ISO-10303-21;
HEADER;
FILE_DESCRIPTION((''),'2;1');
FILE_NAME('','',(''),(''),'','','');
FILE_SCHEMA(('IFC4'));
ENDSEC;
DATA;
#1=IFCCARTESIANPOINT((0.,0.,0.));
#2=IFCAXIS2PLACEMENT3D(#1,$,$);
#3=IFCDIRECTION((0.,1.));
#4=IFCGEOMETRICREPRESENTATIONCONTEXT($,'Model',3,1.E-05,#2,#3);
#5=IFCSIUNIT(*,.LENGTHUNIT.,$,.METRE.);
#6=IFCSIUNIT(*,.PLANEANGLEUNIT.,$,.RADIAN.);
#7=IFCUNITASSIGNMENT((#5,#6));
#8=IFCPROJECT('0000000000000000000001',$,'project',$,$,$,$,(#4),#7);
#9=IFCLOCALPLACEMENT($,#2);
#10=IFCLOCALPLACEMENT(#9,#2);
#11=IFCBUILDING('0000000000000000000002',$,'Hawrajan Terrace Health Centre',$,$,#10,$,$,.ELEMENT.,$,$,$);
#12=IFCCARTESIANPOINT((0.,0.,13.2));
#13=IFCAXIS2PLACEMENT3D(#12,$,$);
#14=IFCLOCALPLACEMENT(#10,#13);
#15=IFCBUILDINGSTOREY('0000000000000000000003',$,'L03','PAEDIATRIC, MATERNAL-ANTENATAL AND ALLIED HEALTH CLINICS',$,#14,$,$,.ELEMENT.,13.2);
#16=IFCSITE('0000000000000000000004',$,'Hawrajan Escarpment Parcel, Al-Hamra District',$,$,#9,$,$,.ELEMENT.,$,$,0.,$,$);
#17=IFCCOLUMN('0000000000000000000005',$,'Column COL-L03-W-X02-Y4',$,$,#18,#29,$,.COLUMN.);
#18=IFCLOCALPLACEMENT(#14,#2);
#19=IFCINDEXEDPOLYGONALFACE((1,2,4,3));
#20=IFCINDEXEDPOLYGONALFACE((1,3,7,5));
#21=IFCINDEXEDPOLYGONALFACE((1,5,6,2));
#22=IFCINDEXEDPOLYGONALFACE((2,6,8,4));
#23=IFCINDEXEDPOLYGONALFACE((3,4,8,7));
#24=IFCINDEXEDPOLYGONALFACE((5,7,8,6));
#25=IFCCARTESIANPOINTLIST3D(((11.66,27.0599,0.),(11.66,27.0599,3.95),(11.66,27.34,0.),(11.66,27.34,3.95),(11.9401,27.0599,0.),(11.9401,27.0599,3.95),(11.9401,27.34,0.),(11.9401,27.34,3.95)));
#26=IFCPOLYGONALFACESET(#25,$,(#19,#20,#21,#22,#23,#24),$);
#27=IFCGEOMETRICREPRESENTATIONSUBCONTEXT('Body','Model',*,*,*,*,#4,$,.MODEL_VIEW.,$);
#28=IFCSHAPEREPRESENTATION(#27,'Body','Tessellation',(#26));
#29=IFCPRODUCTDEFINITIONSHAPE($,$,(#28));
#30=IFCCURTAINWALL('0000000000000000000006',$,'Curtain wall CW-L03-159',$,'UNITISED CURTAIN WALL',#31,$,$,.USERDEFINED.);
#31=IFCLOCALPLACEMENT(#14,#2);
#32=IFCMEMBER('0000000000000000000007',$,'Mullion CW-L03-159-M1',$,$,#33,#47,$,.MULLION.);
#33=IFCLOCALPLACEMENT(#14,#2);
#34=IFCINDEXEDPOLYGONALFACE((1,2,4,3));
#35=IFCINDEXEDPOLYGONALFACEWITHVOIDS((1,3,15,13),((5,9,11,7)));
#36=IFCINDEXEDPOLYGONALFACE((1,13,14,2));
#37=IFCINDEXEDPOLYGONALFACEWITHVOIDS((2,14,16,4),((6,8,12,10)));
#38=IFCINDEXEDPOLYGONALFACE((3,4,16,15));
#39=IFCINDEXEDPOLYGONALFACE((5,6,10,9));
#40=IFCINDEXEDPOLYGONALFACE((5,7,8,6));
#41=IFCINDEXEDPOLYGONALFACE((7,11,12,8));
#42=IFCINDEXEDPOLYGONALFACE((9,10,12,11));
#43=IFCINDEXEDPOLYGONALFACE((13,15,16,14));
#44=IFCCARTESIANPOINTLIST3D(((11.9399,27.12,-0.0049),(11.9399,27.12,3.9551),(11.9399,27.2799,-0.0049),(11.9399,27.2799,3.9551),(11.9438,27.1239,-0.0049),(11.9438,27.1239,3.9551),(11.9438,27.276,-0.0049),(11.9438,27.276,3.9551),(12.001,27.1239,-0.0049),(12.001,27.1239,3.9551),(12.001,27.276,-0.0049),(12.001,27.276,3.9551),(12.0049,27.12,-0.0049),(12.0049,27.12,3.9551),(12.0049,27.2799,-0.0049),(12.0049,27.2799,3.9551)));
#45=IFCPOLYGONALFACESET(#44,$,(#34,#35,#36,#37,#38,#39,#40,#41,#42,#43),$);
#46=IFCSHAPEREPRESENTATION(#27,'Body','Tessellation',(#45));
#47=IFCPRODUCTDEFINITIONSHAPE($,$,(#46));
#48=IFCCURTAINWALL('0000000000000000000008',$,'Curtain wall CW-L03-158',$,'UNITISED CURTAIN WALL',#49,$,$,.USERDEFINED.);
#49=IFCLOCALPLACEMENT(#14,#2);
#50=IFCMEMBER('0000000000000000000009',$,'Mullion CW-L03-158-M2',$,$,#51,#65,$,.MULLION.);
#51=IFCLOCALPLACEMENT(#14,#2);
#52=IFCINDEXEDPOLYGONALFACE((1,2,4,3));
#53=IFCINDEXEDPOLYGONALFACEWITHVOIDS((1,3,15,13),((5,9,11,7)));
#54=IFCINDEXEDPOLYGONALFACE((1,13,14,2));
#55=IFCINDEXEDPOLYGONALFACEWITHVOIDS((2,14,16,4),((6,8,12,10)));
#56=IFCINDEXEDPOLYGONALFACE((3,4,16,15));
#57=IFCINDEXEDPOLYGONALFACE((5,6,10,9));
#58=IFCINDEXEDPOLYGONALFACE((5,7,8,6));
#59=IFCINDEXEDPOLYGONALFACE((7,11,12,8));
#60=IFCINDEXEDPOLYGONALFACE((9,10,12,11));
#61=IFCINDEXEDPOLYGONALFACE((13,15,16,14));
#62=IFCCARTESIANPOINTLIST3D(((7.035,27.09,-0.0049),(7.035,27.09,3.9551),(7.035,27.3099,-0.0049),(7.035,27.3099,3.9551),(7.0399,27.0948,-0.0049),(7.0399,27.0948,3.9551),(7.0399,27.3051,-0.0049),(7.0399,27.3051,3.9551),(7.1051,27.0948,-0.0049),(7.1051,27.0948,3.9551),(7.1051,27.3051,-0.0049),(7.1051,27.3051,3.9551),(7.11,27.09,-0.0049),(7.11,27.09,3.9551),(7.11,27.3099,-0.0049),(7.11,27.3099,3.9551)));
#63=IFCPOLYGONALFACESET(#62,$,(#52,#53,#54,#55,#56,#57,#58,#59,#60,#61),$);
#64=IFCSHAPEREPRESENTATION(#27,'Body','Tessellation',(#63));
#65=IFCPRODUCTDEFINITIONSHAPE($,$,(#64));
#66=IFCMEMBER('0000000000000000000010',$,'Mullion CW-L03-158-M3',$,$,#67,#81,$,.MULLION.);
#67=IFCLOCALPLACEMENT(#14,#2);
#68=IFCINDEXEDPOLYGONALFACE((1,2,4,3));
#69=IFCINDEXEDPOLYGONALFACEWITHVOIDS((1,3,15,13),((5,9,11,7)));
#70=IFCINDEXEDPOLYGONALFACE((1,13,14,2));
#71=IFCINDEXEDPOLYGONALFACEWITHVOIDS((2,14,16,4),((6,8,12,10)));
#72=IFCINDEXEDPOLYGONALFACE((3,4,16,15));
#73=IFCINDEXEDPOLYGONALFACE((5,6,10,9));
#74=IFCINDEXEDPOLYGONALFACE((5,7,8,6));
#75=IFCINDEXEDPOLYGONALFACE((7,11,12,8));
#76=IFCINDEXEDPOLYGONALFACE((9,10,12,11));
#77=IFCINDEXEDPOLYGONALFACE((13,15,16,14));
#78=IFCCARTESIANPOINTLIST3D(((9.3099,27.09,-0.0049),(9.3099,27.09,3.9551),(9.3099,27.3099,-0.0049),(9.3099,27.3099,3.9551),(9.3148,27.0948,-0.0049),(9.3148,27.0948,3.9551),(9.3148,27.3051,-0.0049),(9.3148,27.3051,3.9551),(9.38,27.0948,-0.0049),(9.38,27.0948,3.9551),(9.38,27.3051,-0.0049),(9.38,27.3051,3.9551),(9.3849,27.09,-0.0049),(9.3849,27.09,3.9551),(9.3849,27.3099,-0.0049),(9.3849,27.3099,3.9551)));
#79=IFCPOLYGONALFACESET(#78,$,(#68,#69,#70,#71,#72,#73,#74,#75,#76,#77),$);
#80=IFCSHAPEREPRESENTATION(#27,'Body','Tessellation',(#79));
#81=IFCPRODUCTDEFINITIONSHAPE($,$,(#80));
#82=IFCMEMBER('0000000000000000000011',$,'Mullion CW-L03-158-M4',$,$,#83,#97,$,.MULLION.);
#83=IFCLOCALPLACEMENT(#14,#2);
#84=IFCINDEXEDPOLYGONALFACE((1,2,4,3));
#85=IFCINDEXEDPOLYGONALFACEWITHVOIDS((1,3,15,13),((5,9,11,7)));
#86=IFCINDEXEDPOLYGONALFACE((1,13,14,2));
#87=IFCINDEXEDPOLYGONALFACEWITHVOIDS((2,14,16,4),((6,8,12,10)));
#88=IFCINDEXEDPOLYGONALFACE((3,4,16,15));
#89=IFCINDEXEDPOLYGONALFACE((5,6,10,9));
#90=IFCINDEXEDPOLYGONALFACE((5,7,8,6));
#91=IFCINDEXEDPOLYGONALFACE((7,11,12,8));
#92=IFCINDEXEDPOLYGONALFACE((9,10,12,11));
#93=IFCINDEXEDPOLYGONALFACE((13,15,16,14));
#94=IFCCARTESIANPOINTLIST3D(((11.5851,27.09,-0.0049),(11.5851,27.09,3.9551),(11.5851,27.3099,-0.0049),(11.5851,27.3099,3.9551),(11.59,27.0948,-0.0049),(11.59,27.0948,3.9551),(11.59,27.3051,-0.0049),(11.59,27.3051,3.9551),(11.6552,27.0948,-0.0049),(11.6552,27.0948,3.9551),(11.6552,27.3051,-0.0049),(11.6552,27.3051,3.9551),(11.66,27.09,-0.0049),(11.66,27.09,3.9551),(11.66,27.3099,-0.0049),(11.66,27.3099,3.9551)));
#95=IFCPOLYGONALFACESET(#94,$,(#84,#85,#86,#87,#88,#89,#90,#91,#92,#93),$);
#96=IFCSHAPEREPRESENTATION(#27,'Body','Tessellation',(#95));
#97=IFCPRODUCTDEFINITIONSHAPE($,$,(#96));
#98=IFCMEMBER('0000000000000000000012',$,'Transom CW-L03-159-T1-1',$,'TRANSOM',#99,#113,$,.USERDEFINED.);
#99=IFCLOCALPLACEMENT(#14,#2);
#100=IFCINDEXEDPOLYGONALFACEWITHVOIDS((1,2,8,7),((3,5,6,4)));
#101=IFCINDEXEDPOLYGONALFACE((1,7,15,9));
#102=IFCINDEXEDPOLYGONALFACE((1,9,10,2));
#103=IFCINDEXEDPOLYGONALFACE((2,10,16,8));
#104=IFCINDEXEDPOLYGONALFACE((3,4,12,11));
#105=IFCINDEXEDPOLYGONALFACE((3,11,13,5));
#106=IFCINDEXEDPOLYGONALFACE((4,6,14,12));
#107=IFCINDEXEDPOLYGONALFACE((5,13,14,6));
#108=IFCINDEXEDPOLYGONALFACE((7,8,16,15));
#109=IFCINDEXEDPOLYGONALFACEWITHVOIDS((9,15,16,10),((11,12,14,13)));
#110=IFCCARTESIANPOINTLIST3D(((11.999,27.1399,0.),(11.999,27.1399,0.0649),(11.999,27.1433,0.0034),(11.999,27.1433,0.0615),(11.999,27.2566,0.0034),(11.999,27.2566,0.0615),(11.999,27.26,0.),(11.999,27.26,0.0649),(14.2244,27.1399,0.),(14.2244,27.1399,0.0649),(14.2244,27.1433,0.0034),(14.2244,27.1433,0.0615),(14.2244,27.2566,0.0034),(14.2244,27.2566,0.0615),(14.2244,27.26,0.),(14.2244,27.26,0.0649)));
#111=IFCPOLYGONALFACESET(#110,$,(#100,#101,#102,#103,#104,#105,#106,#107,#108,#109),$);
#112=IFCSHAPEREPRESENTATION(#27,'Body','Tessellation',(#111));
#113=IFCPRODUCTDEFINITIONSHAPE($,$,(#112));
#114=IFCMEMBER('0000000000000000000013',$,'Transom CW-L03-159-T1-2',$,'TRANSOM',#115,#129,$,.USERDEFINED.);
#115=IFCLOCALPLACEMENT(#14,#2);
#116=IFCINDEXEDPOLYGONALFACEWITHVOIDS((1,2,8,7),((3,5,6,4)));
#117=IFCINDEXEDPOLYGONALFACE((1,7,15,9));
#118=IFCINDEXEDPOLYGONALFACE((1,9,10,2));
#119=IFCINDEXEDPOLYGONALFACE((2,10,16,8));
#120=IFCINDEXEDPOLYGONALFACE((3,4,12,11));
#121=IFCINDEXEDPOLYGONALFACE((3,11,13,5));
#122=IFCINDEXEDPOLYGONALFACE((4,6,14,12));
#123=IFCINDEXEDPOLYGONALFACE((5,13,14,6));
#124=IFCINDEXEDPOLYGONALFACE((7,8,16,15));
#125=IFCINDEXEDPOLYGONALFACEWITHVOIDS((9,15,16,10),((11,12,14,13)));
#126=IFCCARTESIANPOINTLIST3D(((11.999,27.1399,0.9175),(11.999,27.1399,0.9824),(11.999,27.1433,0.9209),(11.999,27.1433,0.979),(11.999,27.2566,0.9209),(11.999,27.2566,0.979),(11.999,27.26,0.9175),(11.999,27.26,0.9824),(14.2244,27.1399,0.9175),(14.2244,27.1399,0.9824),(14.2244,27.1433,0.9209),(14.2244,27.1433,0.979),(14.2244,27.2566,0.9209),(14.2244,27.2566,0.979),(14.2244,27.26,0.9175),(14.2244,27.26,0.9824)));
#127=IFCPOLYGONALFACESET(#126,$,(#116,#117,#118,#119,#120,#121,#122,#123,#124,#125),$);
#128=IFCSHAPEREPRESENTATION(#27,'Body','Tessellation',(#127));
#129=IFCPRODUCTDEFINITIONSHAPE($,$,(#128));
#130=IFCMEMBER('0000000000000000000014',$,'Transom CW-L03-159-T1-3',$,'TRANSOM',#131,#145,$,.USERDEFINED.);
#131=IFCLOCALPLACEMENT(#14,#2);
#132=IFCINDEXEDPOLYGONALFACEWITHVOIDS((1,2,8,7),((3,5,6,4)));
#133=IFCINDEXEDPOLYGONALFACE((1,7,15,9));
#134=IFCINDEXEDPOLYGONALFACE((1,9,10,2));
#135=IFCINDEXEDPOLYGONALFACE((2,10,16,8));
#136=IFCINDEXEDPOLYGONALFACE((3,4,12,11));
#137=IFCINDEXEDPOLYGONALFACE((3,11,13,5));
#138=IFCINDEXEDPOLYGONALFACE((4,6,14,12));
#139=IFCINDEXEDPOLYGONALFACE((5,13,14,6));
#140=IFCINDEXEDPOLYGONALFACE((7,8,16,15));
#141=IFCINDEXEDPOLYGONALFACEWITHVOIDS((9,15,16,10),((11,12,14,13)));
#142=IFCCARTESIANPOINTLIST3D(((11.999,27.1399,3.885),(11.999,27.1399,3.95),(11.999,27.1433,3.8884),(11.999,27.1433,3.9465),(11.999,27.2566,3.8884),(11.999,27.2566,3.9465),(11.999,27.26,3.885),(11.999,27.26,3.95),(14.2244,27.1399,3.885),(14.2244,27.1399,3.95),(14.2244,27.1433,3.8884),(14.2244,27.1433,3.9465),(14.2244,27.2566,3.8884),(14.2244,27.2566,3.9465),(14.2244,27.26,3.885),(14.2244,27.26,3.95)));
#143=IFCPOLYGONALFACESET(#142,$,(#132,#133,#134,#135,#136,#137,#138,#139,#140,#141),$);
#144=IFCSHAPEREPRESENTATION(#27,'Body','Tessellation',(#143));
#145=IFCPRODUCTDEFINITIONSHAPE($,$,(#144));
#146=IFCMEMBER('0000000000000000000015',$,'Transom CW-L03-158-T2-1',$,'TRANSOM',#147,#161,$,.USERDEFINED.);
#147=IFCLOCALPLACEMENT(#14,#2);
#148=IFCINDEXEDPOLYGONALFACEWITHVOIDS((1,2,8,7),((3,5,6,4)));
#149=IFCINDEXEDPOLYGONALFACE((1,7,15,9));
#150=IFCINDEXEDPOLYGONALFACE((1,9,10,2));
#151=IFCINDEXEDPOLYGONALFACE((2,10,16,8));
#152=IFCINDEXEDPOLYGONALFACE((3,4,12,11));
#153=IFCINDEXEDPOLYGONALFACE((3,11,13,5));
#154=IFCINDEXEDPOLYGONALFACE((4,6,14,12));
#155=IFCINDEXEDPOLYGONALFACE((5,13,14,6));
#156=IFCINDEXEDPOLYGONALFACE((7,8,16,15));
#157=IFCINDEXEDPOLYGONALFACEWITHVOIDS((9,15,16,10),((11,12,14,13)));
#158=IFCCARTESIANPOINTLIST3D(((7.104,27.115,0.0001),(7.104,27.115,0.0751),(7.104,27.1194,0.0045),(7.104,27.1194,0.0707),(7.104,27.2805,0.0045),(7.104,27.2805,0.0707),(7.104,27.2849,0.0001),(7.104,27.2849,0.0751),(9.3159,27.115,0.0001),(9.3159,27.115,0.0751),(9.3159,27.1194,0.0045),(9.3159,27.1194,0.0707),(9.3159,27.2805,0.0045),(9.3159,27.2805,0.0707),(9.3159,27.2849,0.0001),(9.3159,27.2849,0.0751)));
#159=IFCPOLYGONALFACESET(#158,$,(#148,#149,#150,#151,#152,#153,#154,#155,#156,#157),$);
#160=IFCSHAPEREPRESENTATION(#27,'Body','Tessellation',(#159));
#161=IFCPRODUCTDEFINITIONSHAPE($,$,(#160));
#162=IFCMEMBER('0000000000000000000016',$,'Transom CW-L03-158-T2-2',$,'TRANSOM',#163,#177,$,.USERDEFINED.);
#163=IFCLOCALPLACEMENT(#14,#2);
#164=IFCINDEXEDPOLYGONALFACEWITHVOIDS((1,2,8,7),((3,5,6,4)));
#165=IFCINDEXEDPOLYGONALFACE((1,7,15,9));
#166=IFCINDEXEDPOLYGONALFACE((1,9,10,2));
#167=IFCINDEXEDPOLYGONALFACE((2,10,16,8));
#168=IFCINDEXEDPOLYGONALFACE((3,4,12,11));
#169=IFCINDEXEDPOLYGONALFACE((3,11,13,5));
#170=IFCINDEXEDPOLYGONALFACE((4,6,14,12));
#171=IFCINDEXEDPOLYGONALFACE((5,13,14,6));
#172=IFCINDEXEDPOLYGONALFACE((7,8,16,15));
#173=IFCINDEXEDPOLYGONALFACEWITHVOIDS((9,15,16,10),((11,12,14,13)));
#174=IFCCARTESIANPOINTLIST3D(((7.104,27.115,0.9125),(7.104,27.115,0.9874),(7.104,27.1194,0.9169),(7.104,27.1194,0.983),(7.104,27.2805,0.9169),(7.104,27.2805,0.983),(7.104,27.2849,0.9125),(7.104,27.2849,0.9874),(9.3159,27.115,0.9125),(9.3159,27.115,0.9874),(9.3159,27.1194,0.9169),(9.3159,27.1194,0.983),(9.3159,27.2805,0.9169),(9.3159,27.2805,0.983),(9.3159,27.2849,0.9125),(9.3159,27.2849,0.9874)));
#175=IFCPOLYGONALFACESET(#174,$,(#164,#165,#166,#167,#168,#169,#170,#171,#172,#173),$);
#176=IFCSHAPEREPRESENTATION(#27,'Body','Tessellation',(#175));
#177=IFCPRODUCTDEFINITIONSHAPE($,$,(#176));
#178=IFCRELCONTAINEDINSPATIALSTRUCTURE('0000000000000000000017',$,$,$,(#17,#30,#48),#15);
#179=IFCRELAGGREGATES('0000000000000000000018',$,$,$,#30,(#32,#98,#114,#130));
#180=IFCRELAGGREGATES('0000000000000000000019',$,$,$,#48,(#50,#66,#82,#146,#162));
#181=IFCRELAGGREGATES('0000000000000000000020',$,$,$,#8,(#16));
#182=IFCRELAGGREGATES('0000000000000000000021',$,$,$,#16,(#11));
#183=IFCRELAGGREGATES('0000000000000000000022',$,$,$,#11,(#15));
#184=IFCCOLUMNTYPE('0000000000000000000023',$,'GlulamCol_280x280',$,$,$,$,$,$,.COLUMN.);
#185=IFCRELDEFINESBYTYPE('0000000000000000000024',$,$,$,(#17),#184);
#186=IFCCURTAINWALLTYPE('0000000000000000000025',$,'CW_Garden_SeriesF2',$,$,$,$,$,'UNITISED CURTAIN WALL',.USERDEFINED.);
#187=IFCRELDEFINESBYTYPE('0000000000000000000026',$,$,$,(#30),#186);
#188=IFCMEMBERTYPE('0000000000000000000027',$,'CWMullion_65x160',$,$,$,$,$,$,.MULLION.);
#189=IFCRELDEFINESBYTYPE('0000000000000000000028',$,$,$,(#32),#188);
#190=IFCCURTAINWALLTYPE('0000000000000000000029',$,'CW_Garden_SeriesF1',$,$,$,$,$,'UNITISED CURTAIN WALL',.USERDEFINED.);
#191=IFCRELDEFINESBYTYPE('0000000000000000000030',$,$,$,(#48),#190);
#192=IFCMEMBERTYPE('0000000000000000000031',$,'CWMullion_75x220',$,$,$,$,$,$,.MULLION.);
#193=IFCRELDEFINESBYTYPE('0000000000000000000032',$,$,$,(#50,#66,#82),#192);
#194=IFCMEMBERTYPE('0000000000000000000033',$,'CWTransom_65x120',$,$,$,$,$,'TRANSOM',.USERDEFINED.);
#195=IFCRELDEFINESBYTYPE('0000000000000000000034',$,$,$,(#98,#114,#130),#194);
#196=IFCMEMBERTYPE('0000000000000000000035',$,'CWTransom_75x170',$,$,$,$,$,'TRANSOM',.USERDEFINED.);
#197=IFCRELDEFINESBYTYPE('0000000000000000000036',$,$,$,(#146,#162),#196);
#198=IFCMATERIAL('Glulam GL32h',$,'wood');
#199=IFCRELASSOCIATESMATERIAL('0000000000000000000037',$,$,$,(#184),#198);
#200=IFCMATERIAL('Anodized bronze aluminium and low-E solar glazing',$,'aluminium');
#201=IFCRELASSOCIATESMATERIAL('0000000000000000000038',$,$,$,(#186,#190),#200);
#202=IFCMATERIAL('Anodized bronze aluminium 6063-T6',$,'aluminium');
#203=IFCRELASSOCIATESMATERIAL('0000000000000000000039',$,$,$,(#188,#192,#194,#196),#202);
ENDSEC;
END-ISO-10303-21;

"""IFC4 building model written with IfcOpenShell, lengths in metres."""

from ifc_helpers import new_model, si_unit, direction, frame, origin, origin_2d, place, context, subcontext, project, spatial, rectangle, hollow_rectangle, extrude, material, material_profile, profile_set, type_object, element, aggregate, save


model = new_model("IFC4")

# Units and contexts
model_context = context("Model", 3, precision=1e-05, world=origin(), true_north=direction((0.0, 1.0)))
body_context = subcontext(model_context, "Body", "Model", "MODEL_VIEW")
ifc_project = project(units=[si_unit("LENGTHUNIT", "METRE"), si_unit("PLANEANGLEUNIT", "RADIAN")], contexts=[model_context])

# Site, building, storey
site_placement = place(None, origin())
site = spatial("IfcSite", under=ifc_project, at=site_placement, Name="Hawrajan Escarpment Parcel, Al-Hamra District", CompositionType="ELEMENT", RefElevation=0.0)
building_placement = place(site_placement, origin())
building = spatial("IfcBuilding", under=site, at=building_placement, Name="Hawrajan Terrace Health Centre", CompositionType="ELEMENT")
storey_placement = place(building_placement, frame((0.0, 0.0, 13.2)))
storey = spatial("IfcBuildingStorey", under=building, at=storey_placement, Name="L03", Description="PAEDIATRIC, MATERNAL-ANTENATAL AND ALLIED HEALTH CLINICS", CompositionType="ELEMENT", Elevation=13.2)

# Column
ifc_material_1 = material(Name="Glulam GL32h", Category="wood")
ifc_material_profile_1 = material_profile(ifc_material_1, rectangle(XDim=0.28, YDim=0.28, at=origin_2d()), Name="GL 280x280")
ifc_profile_set_1 = profile_set([ifc_material_profile_1], Name="Glulam GL32h")
column_type = type_object("IfcColumnType", Name="GlulamCol_280x280", PredefinedType="COLUMN", material=ifc_profile_set_1)
column_placement = place(storey_placement, frame((11.8, 27.2, 0.0), z_axis=(0.0, 0.0, 1.0), x_axis=(1.0, 0.0, 0.0)))
element("IfcColumn", 1, at=column_placement, inside=storey, type_object=column_type, Name="Column COL-L03-W-X02-Y4", PredefinedType="COLUMN", context=body_context, shape_type="SweptSolid", body=[
    extrude(rectangle(XDim=0.28, YDim=0.28, at=origin_2d()), origin(), (0.0, 0.0, 1.0), 3.95),
])

# Curtain wall, member
ifc_material_2 = material(Name="Anodized bronze aluminium and low-E solar glazing", Category="aluminium")
curtain_wall_type_1 = type_object("IfcCurtainWallType", Name="CW_Garden_SeriesF2", ElementType="UNITISED CURTAIN WALL", PredefinedType="USERDEFINED", material=ifc_material_2)
curtain_wall_1_placement = place(storey_placement, origin())
curtain_wall_1 = element("IfcCurtainWall", 2, at=curtain_wall_1_placement, inside=storey, type_object=curtain_wall_type_1, Name="Curtain wall CW-L03-159", ObjectType="UNITISED CURTAIN WALL", PredefinedType="USERDEFINED")
ifc_material_3 = material(Name="Anodized bronze aluminium 6063-T6", Category="aluminium")
ifc_material_profile_2 = material_profile(ifc_material_3, hollow_rectangle(XDim=0.0649, YDim=0.1599, WallThickness=0.0039, at=origin_2d()), Name="CW MUL 65x160")
ifc_profile_set_2 = profile_set([ifc_material_profile_2], Name="Anodized bronze aluminium 6063-T6")
member_type_1 = type_object("IfcMemberType", Name="CWMullion_65x160", PredefinedType="MULLION", material=ifc_profile_set_2)
member_1_placement = place(storey_placement, frame((11.9724, 27.2, -0.0049), z_axis=(0.0, 0.0, 1.0), x_axis=(1.0, 0.0, 0.0)))
member_1 = element("IfcMember", 3, at=member_1_placement, type_object=member_type_1, Name="Mullion CW-L03-159-M1", PredefinedType="MULLION", context=body_context, shape_type="SweptSolid", body=[
    extrude(hollow_rectangle(XDim=0.0649, YDim=0.1599, WallThickness=0.0039, at=origin_2d()), origin(), (0.0, 0.0, 1.0), 3.96),
])

# Curtain wall, members
curtain_wall_type_2 = type_object("IfcCurtainWallType", Name="CW_Garden_SeriesF1", ElementType="UNITISED CURTAIN WALL", PredefinedType="USERDEFINED", material=ifc_material_2)
curtain_wall_2_placement = place(storey_placement, origin())
curtain_wall_2 = element("IfcCurtainWall", 4, at=curtain_wall_2_placement, inside=storey, type_object=curtain_wall_type_2, Name="Curtain wall CW-L03-158", ObjectType="UNITISED CURTAIN WALL", PredefinedType="USERDEFINED")
ifc_material_profile_3 = material_profile(ifc_material_3, hollow_rectangle(XDim=0.075, YDim=0.22, WallThickness=0.0049, at=origin_2d()), Name="CW MUL 75x220")
ifc_profile_set_3 = profile_set([ifc_material_profile_3], Name="Anodized bronze aluminium 6063-T6")
member_type_2 = type_object("IfcMemberType", Name="CWMullion_75x220", PredefinedType="MULLION", material=ifc_profile_set_3)
member_2_placement = place(storey_placement, frame((7.0725, 27.2, -0.0049), z_axis=(0.0, 0.0, 1.0), x_axis=(1.0, 0.0, 0.0)))
member_2 = element("IfcMember", 5, at=member_2_placement, type_object=member_type_2, Name="Mullion CW-L03-158-M2", PredefinedType="MULLION", context=body_context, shape_type="SweptSolid", body=[
    extrude(hollow_rectangle(XDim=0.075, YDim=0.22, WallThickness=0.0049, at=origin_2d()), origin(), (0.0, 0.0, 1.0), 3.96),
])
member_3_placement = place(storey_placement, frame((9.3474, 27.2, -0.0049), z_axis=(0.0, 0.0, 1.0), x_axis=(1.0, 0.0, 0.0)))
member_3 = element("IfcMember", 6, at=member_3_placement, type_object=member_type_2, Name="Mullion CW-L03-158-M3", PredefinedType="MULLION", context=body_context, shape_type="SweptSolid", body=[
    extrude(hollow_rectangle(XDim=0.075, YDim=0.22, WallThickness=0.0049, at=origin_2d()), origin(), (0.0, 0.0, 1.0), 3.96),
])
member_4_placement = place(storey_placement, frame((11.6226, 27.2, -0.0049), z_axis=(0.0, 0.0, 1.0), x_axis=(1.0, 0.0, 0.0)))
member_4 = element("IfcMember", 7, at=member_4_placement, type_object=member_type_2, Name="Mullion CW-L03-158-M4", PredefinedType="MULLION", context=body_context, shape_type="SweptSolid", body=[
    extrude(hollow_rectangle(XDim=0.075, YDim=0.22, WallThickness=0.0049, at=origin_2d()), origin(), (0.0, 0.0, 1.0), 3.96),
])

# Members
ifc_material_profile_4 = material_profile(ifc_material_3, hollow_rectangle(XDim=0.0649, YDim=0.1201, WallThickness=0.0034, at=origin_2d()), Name="CW TRN 65x120")
ifc_profile_set_4 = profile_set([ifc_material_profile_4], Name="Anodized bronze aluminium 6063-T6")
member_type_3 = type_object("IfcMemberType", Name="CWTransom_65x120", ElementType="TRANSOM", PredefinedType="USERDEFINED", material=ifc_profile_set_4)
member_5_placement = place(storey_placement, frame((11.999, 27.2, 0.0325), z_axis=(1.0, 0.0, 0.0), x_axis=(0.0, 0.0, 1.0)))
member_5 = element("IfcMember", 8, at=member_5_placement, type_object=member_type_3, Name="Transom CW-L03-159-T1-1", ObjectType="TRANSOM", PredefinedType="USERDEFINED", context=body_context, shape_type="SweptSolid", body=[
    extrude(hollow_rectangle(XDim=0.0649, YDim=0.1201, WallThickness=0.0034, at=origin_2d()), origin(), (0.0, 0.0, 1.0), 2.2253),
])
member_6_placement = place(storey_placement, frame((11.999, 27.2, 0.95), z_axis=(1.0, 0.0, 0.0), x_axis=(0.0, 0.0, 1.0)))
member_6 = element("IfcMember", 9, at=member_6_placement, type_object=member_type_3, Name="Transom CW-L03-159-T1-2", ObjectType="TRANSOM", PredefinedType="USERDEFINED", context=body_context, shape_type="SweptSolid", body=[
    extrude(hollow_rectangle(XDim=0.0649, YDim=0.1201, WallThickness=0.0034, at=origin_2d()), origin(), (0.0, 0.0, 1.0), 2.2253),
])
member_7_placement = place(storey_placement, frame((11.999, 27.2, 3.9175), z_axis=(1.0, 0.0, 0.0), x_axis=(0.0, 0.0, 1.0)))
member_7 = element("IfcMember", 10, at=member_7_placement, type_object=member_type_3, Name="Transom CW-L03-159-T1-3", ObjectType="TRANSOM", PredefinedType="USERDEFINED", context=body_context, shape_type="SweptSolid", body=[
    extrude(hollow_rectangle(XDim=0.0649, YDim=0.1201, WallThickness=0.0034, at=origin_2d()), origin(), (0.0, 0.0, 1.0), 2.2253),
])
aggregate(curtain_wall_1, [member_1, member_5, member_6, member_7])
ifc_material_profile_5 = material_profile(ifc_material_3, hollow_rectangle(XDim=0.075, YDim=0.1699, WallThickness=0.0044, at=origin_2d()), Name="CW TRN 75x170")
ifc_profile_set_5 = profile_set([ifc_material_profile_5], Name="Anodized bronze aluminium 6063-T6")
member_type_4 = type_object("IfcMemberType", Name="CWTransom_75x170", ElementType="TRANSOM", PredefinedType="USERDEFINED", material=ifc_profile_set_5)
member_8_placement = place(storey_placement, frame((7.104, 27.2, 0.0376), z_axis=(1.0, 0.0, 0.0), x_axis=(0.0, 0.0, 1.0)))
member_8 = element("IfcMember", 11, at=member_8_placement, type_object=member_type_4, Name="Transom CW-L03-158-T2-1", ObjectType="TRANSOM", PredefinedType="USERDEFINED", context=body_context, shape_type="SweptSolid", body=[
    extrude(hollow_rectangle(XDim=0.075, YDim=0.1699, WallThickness=0.0044, at=origin_2d()), origin(), (0.0, 0.0, 1.0), 2.2119),
])
member_9_placement = place(storey_placement, frame((7.104, 27.2, 0.95), z_axis=(1.0, 0.0, 0.0), x_axis=(0.0, 0.0, 1.0)))
member_9 = element("IfcMember", 12, at=member_9_placement, type_object=member_type_4, Name="Transom CW-L03-158-T2-2", ObjectType="TRANSOM", PredefinedType="USERDEFINED", context=body_context, shape_type="SweptSolid", body=[
    extrude(hollow_rectangle(XDim=0.075, YDim=0.1699, WallThickness=0.0044, at=origin_2d()), origin(), (0.0, 0.0, 1.0), 2.2119),
])

aggregate(curtain_wall_2, [member_2, member_3, member_4, member_8, member_9])

save(model, "model.ifc")
